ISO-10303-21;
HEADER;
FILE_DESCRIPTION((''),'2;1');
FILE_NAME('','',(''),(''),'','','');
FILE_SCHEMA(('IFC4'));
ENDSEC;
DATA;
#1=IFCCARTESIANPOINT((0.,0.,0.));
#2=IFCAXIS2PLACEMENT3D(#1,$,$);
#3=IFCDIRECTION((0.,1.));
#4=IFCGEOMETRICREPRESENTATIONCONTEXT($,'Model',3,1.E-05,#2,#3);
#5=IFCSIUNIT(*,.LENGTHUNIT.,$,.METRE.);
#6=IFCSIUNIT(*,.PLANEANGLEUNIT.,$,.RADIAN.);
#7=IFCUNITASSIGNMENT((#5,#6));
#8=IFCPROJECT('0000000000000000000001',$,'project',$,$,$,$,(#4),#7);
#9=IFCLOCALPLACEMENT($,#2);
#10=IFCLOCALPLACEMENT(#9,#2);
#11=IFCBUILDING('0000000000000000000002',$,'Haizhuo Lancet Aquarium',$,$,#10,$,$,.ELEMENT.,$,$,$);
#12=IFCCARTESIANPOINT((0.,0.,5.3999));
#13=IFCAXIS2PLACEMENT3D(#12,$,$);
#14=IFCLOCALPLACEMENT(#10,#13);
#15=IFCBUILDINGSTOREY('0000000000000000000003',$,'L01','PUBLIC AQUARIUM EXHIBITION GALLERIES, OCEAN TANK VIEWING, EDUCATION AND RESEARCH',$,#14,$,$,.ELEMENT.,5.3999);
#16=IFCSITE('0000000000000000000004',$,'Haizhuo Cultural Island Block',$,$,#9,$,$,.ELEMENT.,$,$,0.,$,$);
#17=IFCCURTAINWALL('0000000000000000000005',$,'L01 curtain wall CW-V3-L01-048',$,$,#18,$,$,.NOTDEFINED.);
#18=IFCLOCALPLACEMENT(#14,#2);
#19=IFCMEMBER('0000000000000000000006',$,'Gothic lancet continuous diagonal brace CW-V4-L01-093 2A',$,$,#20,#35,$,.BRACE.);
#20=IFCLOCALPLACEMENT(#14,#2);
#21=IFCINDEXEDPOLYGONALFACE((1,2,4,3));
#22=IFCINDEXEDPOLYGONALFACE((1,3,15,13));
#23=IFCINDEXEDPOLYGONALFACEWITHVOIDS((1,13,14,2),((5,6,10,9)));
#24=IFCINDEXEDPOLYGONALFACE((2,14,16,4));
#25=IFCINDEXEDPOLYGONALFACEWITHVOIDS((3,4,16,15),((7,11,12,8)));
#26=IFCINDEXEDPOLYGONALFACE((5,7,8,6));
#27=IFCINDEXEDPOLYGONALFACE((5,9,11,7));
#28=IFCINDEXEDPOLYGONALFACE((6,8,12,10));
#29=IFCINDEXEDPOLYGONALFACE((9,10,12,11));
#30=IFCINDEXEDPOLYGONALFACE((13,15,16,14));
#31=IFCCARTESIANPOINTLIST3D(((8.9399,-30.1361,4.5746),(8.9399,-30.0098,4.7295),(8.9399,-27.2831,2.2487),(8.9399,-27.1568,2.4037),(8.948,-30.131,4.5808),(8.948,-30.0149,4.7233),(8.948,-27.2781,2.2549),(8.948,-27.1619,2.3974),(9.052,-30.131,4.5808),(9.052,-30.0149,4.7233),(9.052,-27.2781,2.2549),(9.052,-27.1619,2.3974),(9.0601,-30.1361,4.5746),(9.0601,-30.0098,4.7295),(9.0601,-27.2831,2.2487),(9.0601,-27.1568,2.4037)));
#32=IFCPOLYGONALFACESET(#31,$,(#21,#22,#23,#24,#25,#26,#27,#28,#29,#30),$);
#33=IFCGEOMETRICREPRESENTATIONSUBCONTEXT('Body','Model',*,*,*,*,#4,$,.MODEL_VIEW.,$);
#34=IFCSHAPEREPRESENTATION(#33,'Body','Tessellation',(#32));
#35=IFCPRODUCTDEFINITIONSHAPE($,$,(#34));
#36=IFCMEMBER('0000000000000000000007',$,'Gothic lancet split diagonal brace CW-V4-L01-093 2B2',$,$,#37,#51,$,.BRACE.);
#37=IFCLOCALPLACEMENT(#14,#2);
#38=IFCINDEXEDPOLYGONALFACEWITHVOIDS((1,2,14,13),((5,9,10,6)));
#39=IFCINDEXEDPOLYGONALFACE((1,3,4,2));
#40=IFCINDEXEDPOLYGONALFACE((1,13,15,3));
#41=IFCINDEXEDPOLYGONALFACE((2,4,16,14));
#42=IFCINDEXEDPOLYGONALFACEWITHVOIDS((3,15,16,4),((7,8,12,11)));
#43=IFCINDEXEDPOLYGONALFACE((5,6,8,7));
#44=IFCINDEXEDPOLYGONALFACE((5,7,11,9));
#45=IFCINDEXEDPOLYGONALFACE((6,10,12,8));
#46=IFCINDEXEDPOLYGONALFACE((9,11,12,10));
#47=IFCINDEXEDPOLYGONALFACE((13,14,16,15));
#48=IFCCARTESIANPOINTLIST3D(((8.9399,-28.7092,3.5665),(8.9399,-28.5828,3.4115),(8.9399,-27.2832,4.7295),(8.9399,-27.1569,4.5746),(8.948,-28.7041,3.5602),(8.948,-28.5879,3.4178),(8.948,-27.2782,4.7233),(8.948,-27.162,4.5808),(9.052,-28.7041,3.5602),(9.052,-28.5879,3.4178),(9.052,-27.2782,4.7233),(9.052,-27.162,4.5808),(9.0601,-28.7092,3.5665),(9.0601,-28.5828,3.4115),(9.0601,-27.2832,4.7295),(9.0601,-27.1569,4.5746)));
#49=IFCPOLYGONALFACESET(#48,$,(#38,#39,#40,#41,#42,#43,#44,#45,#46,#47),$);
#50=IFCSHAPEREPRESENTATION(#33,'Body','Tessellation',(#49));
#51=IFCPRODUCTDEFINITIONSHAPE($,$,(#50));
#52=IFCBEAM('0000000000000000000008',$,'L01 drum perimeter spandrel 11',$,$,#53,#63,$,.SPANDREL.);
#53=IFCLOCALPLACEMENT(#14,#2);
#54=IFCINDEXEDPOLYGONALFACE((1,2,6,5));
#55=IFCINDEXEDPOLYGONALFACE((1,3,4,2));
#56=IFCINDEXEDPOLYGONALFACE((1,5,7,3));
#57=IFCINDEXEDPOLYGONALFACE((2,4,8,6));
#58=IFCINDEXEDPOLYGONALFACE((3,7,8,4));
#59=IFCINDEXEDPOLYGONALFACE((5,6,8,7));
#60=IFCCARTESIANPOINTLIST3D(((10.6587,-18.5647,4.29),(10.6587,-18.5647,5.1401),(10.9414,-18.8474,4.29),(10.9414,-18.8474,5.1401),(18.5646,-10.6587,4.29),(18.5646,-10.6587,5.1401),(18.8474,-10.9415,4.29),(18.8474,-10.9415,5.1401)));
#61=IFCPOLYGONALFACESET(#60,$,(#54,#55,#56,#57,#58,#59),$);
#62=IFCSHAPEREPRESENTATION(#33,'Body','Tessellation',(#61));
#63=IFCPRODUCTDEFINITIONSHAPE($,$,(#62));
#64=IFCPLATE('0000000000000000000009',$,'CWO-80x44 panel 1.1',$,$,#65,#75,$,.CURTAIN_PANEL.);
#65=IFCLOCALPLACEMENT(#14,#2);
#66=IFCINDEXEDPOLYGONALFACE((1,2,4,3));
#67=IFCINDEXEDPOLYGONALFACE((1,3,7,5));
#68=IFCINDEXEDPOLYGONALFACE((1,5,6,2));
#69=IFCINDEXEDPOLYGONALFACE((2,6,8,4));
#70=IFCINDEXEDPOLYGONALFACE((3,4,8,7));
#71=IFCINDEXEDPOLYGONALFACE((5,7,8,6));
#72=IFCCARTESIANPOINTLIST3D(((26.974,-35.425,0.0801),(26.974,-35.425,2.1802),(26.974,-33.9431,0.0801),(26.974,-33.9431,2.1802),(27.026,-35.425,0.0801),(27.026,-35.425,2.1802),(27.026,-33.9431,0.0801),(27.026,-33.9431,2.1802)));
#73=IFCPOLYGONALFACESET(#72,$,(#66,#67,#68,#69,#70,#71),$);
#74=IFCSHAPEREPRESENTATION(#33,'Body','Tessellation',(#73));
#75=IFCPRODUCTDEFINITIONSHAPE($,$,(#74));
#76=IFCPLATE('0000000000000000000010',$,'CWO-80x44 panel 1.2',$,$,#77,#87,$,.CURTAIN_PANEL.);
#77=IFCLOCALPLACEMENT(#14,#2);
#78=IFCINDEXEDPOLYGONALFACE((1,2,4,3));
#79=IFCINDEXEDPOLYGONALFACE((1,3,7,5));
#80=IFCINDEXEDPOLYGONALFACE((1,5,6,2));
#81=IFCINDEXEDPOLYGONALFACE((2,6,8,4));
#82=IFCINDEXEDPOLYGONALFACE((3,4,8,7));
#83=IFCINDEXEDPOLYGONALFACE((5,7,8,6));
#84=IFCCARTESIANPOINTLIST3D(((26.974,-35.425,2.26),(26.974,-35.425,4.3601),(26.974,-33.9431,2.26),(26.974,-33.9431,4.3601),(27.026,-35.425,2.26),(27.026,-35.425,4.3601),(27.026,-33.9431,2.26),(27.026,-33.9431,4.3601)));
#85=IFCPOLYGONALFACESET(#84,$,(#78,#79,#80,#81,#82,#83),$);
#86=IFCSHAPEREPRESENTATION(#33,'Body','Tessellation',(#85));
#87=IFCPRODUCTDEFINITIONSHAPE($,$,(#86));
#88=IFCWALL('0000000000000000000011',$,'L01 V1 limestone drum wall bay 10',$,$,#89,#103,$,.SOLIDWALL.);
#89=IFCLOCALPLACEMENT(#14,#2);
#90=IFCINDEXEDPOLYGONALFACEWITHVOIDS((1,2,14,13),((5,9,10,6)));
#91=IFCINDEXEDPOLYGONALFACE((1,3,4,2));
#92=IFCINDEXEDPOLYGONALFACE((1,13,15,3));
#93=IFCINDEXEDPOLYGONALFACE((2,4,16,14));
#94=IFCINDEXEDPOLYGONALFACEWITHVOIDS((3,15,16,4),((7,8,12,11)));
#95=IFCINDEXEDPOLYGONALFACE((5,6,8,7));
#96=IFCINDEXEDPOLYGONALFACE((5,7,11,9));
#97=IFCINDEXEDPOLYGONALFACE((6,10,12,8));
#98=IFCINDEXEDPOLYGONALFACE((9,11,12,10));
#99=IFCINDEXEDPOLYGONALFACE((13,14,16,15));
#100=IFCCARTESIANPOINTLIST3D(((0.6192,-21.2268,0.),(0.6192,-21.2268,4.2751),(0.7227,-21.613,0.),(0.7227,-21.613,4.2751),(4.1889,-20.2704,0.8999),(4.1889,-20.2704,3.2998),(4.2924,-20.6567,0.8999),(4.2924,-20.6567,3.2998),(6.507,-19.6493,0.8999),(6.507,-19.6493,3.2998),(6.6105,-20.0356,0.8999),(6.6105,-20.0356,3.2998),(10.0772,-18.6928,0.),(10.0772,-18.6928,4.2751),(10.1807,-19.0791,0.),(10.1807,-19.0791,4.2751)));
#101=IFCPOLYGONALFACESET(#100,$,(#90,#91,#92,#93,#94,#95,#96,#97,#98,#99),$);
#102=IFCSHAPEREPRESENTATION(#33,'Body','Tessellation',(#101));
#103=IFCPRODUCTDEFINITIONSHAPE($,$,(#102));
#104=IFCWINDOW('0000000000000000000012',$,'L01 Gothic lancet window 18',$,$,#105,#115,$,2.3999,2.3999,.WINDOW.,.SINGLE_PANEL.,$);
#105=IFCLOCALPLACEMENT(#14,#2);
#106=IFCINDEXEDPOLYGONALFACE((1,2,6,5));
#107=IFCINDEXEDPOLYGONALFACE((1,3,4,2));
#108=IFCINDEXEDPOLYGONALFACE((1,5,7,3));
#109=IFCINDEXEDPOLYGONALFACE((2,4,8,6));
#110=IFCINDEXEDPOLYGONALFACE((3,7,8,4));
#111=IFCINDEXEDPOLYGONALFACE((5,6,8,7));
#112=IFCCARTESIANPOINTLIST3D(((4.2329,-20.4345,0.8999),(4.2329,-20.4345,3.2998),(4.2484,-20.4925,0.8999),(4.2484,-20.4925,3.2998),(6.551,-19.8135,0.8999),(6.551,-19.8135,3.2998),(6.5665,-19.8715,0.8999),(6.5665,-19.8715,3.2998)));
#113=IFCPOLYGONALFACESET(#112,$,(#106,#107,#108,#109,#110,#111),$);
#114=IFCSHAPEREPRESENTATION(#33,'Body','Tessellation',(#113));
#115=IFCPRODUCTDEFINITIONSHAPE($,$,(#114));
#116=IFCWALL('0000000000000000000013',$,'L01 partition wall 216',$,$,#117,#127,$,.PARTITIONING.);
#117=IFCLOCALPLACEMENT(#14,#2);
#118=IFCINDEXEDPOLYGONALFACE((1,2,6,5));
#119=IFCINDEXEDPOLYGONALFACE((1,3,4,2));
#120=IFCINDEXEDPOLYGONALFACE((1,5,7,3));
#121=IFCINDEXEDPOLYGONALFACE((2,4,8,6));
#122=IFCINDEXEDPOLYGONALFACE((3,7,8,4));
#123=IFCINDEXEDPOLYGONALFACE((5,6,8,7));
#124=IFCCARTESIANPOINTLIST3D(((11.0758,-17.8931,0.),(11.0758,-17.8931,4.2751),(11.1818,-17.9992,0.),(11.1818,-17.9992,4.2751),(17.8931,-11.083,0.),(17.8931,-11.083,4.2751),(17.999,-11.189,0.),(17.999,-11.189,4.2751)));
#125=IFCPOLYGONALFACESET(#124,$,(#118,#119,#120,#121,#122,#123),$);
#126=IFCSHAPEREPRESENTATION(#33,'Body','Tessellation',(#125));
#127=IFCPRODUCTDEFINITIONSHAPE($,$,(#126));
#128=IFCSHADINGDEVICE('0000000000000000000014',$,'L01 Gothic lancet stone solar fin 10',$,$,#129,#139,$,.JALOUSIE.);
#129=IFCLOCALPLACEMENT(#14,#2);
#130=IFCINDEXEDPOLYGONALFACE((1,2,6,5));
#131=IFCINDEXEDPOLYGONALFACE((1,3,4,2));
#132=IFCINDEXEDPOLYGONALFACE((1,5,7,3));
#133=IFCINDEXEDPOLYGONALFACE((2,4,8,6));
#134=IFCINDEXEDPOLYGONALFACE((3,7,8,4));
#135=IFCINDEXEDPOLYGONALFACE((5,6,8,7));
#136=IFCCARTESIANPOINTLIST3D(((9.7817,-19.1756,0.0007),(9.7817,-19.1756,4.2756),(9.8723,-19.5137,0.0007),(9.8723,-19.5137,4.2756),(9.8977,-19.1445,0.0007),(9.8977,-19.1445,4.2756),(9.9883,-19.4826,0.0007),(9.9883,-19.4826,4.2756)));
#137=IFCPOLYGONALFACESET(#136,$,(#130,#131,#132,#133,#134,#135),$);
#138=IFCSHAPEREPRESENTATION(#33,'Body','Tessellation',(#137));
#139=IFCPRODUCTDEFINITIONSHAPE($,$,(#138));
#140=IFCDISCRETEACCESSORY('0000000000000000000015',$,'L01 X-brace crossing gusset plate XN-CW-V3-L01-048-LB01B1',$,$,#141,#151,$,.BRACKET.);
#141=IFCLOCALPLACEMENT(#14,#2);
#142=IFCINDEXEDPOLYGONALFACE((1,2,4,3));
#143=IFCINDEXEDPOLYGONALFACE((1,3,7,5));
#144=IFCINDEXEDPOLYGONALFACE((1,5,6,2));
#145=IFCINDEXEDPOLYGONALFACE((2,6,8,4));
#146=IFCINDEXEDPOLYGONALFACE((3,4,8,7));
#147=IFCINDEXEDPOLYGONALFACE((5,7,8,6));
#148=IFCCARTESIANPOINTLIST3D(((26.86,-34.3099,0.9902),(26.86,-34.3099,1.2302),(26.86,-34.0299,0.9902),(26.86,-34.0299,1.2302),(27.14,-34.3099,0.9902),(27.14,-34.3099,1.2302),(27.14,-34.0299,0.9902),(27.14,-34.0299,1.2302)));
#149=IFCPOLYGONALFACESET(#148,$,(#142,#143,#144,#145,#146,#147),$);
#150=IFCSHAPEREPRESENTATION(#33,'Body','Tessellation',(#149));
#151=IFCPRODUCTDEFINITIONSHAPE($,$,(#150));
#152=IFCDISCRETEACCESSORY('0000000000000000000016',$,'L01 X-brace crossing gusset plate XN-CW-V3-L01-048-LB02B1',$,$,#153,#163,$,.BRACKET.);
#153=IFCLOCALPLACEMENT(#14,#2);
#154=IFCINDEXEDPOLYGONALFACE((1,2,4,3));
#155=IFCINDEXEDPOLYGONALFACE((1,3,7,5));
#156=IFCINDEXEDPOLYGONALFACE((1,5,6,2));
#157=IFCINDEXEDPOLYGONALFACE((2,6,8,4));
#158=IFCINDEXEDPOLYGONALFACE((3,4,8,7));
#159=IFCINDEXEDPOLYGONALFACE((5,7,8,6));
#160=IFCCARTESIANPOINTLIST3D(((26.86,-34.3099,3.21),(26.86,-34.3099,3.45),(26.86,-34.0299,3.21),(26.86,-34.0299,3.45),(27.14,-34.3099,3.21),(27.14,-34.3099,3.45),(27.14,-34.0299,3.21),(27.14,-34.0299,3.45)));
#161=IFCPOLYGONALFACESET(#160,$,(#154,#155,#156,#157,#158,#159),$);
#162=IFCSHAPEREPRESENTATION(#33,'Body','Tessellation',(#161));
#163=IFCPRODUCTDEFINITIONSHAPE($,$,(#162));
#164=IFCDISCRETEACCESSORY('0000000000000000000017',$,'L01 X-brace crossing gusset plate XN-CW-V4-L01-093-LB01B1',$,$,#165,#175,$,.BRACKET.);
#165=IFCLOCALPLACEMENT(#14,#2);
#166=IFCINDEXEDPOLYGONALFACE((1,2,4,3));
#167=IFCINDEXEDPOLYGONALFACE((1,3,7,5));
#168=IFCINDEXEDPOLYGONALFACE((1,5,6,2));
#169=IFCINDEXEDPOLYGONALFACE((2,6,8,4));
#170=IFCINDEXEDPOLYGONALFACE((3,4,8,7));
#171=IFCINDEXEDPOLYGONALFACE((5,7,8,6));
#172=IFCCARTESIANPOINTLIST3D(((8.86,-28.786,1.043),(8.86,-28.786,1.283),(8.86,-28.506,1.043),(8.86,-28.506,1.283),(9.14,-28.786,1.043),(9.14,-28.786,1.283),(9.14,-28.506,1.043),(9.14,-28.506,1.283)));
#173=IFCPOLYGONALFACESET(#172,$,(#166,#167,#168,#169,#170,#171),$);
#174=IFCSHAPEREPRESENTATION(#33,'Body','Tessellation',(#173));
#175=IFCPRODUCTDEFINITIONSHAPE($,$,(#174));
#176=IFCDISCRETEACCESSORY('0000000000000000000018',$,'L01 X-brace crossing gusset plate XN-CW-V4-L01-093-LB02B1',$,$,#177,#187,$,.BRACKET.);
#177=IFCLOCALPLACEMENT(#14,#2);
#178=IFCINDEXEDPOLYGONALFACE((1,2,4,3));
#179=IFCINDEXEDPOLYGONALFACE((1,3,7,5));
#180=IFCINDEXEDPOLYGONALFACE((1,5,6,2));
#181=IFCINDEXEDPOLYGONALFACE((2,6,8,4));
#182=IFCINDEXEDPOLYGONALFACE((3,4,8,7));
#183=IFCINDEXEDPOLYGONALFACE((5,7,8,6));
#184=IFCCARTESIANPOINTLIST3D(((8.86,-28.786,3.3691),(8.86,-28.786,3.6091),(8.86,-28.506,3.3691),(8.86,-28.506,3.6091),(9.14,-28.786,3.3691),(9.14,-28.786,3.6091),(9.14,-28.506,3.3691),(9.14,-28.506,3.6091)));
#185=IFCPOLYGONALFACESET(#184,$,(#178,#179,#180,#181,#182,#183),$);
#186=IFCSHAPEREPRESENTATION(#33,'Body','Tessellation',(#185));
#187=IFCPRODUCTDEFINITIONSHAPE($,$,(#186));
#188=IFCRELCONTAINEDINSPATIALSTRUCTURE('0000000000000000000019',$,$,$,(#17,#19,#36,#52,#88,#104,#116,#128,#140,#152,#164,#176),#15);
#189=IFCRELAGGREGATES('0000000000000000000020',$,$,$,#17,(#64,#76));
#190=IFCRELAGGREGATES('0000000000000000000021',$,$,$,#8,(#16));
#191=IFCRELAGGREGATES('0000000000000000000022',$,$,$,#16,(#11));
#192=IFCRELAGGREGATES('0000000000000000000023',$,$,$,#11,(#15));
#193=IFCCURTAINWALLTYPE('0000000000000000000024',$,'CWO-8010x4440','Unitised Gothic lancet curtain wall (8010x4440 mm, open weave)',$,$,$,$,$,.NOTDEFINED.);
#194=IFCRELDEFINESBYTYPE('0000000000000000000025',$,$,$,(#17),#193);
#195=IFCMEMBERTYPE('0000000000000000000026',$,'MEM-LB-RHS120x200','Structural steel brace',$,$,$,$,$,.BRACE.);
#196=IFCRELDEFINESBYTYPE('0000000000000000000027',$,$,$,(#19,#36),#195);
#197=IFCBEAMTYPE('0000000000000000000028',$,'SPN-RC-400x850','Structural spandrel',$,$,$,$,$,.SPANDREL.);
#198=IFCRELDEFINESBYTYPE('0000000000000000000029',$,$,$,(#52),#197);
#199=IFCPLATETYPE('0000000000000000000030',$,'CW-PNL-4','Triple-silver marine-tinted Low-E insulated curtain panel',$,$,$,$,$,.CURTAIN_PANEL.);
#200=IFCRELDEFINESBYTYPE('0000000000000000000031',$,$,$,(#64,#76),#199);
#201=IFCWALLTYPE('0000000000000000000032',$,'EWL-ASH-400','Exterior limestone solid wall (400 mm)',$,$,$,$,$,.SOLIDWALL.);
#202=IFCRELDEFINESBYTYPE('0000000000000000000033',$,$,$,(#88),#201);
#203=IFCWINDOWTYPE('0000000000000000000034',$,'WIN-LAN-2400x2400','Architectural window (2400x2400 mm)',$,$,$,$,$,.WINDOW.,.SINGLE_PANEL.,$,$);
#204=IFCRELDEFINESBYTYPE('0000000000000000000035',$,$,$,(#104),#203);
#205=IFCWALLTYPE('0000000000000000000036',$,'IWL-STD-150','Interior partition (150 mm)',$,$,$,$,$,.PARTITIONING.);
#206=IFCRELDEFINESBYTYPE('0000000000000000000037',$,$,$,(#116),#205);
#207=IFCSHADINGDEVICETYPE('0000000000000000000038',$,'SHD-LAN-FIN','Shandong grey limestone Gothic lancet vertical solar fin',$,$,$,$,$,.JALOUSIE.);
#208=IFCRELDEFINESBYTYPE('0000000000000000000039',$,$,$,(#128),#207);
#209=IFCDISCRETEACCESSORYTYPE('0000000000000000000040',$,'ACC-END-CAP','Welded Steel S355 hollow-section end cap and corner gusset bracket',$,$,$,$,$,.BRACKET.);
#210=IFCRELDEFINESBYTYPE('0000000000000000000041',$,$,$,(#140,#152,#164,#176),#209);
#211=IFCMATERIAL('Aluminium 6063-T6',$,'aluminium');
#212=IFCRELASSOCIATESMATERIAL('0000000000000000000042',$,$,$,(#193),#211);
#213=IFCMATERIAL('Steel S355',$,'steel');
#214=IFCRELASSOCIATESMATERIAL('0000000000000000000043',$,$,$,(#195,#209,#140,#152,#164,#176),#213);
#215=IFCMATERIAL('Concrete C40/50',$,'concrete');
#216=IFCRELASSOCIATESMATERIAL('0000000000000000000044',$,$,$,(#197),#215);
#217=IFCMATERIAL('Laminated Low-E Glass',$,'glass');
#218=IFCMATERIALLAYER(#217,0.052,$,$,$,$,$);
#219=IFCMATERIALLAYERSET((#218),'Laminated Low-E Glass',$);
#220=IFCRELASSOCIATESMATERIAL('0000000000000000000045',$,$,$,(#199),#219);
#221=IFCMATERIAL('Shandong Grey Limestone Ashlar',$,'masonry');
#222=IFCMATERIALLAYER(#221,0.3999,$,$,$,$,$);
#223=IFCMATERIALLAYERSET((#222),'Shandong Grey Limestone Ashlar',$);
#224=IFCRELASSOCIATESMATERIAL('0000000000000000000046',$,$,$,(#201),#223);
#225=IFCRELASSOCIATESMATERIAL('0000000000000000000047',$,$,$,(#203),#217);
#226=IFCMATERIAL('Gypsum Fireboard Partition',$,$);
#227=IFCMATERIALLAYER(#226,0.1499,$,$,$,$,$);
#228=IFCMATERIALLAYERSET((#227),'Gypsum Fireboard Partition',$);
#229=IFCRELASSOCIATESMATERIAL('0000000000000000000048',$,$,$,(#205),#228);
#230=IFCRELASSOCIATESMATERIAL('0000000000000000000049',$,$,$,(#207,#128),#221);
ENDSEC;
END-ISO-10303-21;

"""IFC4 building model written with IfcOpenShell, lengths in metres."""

from ifc_helpers import new_model, si_unit, direction, frame, frame_2d, origin, origin_2d, place, context, subcontext, project, spatial, rectangle, hollow_rectangle, extrude, material, layer, layer_set, material_profile, profile_set, type_object, element, fill, aggregate, save


model = new_model("IFC4")

# Units and contexts
model_context = context("Model", 3, precision=1e-05, world=origin(), true_north=direction((0.0, 1.0)))
body_context = subcontext(model_context, "Body", "Model", "MODEL_VIEW")
ifc_project = project(units=[si_unit("LENGTHUNIT", "METRE"), si_unit("PLANEANGLEUNIT", "RADIAN")], contexts=[model_context])

# Site, building, storey
site_placement = place(None, origin())
site = spatial("IfcSite", under=ifc_project, at=site_placement, Name="Haizhuo Cultural Island Block", CompositionType="ELEMENT", RefElevation=0.0)
building_placement = place(site_placement, origin())
building = spatial("IfcBuilding", under=site, at=building_placement, Name="Haizhuo Lancet Aquarium", CompositionType="ELEMENT")
storey_placement = place(building_placement, frame((0.0, 0.0, 5.3999)))
storey = spatial("IfcBuildingStorey", under=building, at=storey_placement, Name="L01", Description="PUBLIC AQUARIUM EXHIBITION GALLERIES, OCEAN TANK VIEWING, EDUCATION AND RESEARCH", CompositionType="ELEMENT", Elevation=5.3999)

# Curtain wall
ifc_material_1 = material(Name="Aluminium 6063-T6", Category="aluminium")
curtain_wall_type = type_object("IfcCurtainWallType", Name="CWO-8010x4440", Description="Unitised Gothic lancet curtain wall (8010x4440 mm, open weave)", PredefinedType="NOTDEFINED", material=ifc_material_1)
curtain_wall_placement = place(storey_placement, origin())
curtain_wall = element("IfcCurtainWall", 1, at=curtain_wall_placement, inside=storey, type_object=curtain_wall_type, Name="L01 curtain wall CW-V3-L01-048", PredefinedType="NOTDEFINED")

# Members
ifc_material_2 = material(Name="Steel S355", Category="steel")
ifc_material_profile_1 = material_profile(ifc_material_2, hollow_rectangle(XDim=0.1201, YDim=0.2, WallThickness=0.0081, at=origin_2d()), Name="RHS 120x200x8")
ifc_profile_set_1 = profile_set([ifc_material_profile_1], Name="Steel S355")
member_type_1 = type_object("IfcMemberType", Name="MEM-LB-RHS120x200", Description="Structural steel brace", PredefinedType="BRACE", material=ifc_profile_set_1)
member_1_placement = place(storey_placement, frame((9.0, -27.22, 2.3262), z_axis=(0.0, -0.77507, 0.631875), x_axis=(1.0, 0.0, 0.0)))
element("IfcMember", 2, at=member_1_placement, inside=storey, type_object=member_type_1, Name="Gothic lancet continuous diagonal brace CW-V4-L01-093 2A", PredefinedType="BRACE", context=body_context, shape_type="SweptSolid", body=[
    extrude(hollow_rectangle(XDim=0.1201, YDim=0.2, WallThickness=0.0081, at=origin_2d()), origin(), (0.0, 0.0, 1.0), 3.6809),
])
member_2_placement = place(storey_placement, frame((9.0, -28.646, 3.489), z_axis=(0.0, 0.774932, 0.632045), x_axis=(-1.0, 0.0, 0.0)))
element("IfcMember", 3, at=member_2_placement, inside=storey, type_object=member_type_1, Name="Gothic lancet split diagonal brace CW-V4-L01-093 2B2", PredefinedType="BRACE", context=body_context, shape_type="SweptSolid", body=[
    extrude(hollow_rectangle(XDim=0.1201, YDim=0.2, WallThickness=0.0081, at=origin_2d()), origin(), (0.0, 0.0, 1.0), 1.8401),
])

# Beam
ifc_material_3 = material(Name="Concrete C40/50", Category="concrete")
ifc_material_profile_2 = material_profile(ifc_material_3, rectangle(XDim=0.3999, YDim=0.8501, at=origin_2d()), Name="RC-SP 400x850")
ifc_profile_set_2 = profile_set([ifc_material_profile_2], Name="Concrete C40/50")
beam_type = type_object("IfcBeamType", Name="SPN-RC-400x850", Description="Structural spandrel", PredefinedType="SPANDREL", material=ifc_profile_set_2)
beam_placement = place(storey_placement, frame((10.8, -18.7061, 4.7151), z_axis=(0.707107, 0.707107, 0.0), x_axis=(-0.707107, 0.707107, 0.0)))
element("IfcBeam", 4, at=beam_placement, inside=storey, type_object=beam_type, Name="L01 drum perimeter spandrel 11", PredefinedType="SPANDREL", context=body_context, shape_type="SweptSolid", body=[
    extrude(rectangle(XDim=0.3999, YDim=0.8501, at=origin_2d()), origin(), (0.0, 0.0, 1.0), 11.1807),
])

# Plates
ifc_material_4 = material(Name="Laminated Low-E Glass", Category="glass")
ifc_layer_1 = layer(ifc_material_4, 0.052)
ifc_layer_set_1 = layer_set([ifc_layer_1], Name="Laminated Low-E Glass")
plate_type = type_object("IfcPlateType", Name="CW-PNL-4", Description="Triple-silver marine-tinted Low-E insulated curtain panel", PredefinedType="CURTAIN_PANEL", material=ifc_layer_set_1)
plate_1_placement = place(storey_placement, frame((27.0, -34.6841, 0.0801), z_axis=(0.0, 0.0, 1.0), x_axis=(0.0, 1.0, 0.0)))
plate_1 = element("IfcPlate", 5, at=plate_1_placement, type_object=plate_type, Name="CWO-80x44 panel 1.1", PredefinedType="CURTAIN_PANEL", context=body_context, shape_type="SweptSolid", body=[
    extrude(rectangle(XDim=1.4819, YDim=0.052, at=origin_2d()), origin(), (0.0, 0.0, 1.0), 2.1001),
])
plate_2_placement = place(storey_placement, frame((27.0, -34.6841, 2.26), z_axis=(0.0, 0.0, 1.0), x_axis=(0.0, 1.0, 0.0)))
plate_2 = element("IfcPlate", 6, at=plate_2_placement, type_object=plate_type, Name="CWO-80x44 panel 1.2", PredefinedType="CURTAIN_PANEL", context=body_context, shape_type="SweptSolid", body=[
    extrude(rectangle(XDim=1.4819, YDim=0.052, at=origin_2d()), origin(), (0.0, 0.0, 1.0), 2.1001),
])
aggregate(curtain_wall, [plate_1, plate_2])

# Wall, opening, window
ifc_material_5 = material(Name="Shandong Grey Limestone Ashlar", Category="masonry")
ifc_layer_2 = layer(ifc_material_5, 0.3999)
ifc_layer_set_2 = layer_set([ifc_layer_2], Name="Shandong Grey Limestone Ashlar")
wall_type_1 = type_object("IfcWallType", Name="EWL-ASH-400", Description="Exterior limestone solid wall (400 mm)", PredefinedType="SOLIDWALL", material=ifc_layer_set_2)
wall_1_placement = place(storey_placement, frame((10.1289, -18.886, 0.0), z_axis=(0.0, 0.0, 1.0), x_axis=(-0.965934, -0.258788, 0.0)))
wall_1 = element("IfcWall", 7, at=wall_1_placement, inside=storey, type_object=wall_type_1, Name="L01 V1 limestone drum wall bay 10", PredefinedType="SOLIDWALL", context=body_context, shape_type="SweptSolid", body=[
    extrude(rectangle(XDim=9.7915, YDim=0.3999, at=frame_2d((4.8958, 0.0))), origin(), (0.0, 0.0, 1.0), 4.2751),
])
opening_placement = place(wall_1_placement, frame((3.696, 0.0, 0.8999)))
opening = element("IfcOpeningElement", 8, at=opening_placement, cuts=wall_1, PredefinedType="OPENING", context=body_context, shape_type="SweptSolid", body=[
    extrude(rectangle(XDim=2.3999, YDim=2.3999, at=frame_2d((1.2, 1.2))), frame((0.0, 0.21, 0.0), z_axis=(0.0, -1.0, 0.0), x_axis=(1.0, 0.0, 0.0)), (0.0, 0.0, 1.0), 0.4199),
])
window_type = type_object("IfcWindowType", Name="WIN-LAN-2400x2400", Description="Architectural window (2400x2400 mm)", PartitioningType="SINGLE_PANEL", PredefinedType="WINDOW", material=ifc_material_4)
window_placement = place(opening_placement, origin())
window = element("IfcWindow", 9, at=window_placement, inside=storey, type_object=window_type, Name="L01 Gothic lancet window 18", OverallHeight=2.3999, OverallWidth=2.3999, PartitioningType="SINGLE_PANEL", PredefinedType="WINDOW", context=body_context, shape_type="SweptSolid", body=[
    extrude(rectangle(XDim=2.3999, YDim=2.3999, at=frame_2d((1.2, 1.2))), frame((0.0, 0.03, 0.0), z_axis=(0.0, -1.0, 0.0), x_axis=(1.0, 0.0, 0.0)), (0.0, 0.0, 1.0), 0.0601),
])
fill(opening, window)

# Wall
ifc_material_6 = material(Name="Gypsum Fireboard Partition")
ifc_layer_3 = layer(ifc_material_6, 0.1499)
ifc_layer_set_3 = layer_set([ifc_layer_3], Name="Gypsum Fireboard Partition")
wall_type_2 = type_object("IfcWallType", Name="IWL-STD-150", Description="Interior partition (150 mm)", PredefinedType="PARTITIONING", material=ifc_layer_set_3)
wall_2_placement = place(storey_placement, frame((11.1289, -17.946, 0.0), z_axis=(0.0, 0.0, 1.0), x_axis=(0.707474, 0.706739, 0.0)))
element("IfcWall", 10, at=wall_2_placement, inside=storey, type_object=wall_type_2, Name="L01 partition wall 216", PredefinedType="PARTITIONING", context=body_context, shape_type="SweptSolid", body=[
    extrude(rectangle(XDim=9.636, YDim=0.1499, at=frame_2d((4.8179, 0.0))), origin(), (0.0, 0.0, 1.0), 4.2751),
])

# Shading device
shading_device_type = type_object("IfcShadingDeviceType", Name="SHD-LAN-FIN", Description="Shandong grey limestone Gothic lancet vertical solar fin", PredefinedType="JALOUSIE", material=ifc_material_5)
shading_device_placement = place(storey_placement, frame((9.885, -19.3291, 0.0007), z_axis=(0.0, 0.0, 1.0), x_axis=(-0.965933, -0.258794, 0.0)))
element("IfcShadingDevice", 11, at=shading_device_placement, inside=storey, type_object=shading_device_type, material=ifc_material_5, Name="L01 Gothic lancet stone solar fin 10", PredefinedType="JALOUSIE", context=body_context, shape_type="SweptSolid", body=[
    extrude(rectangle(XDim=0.1201, YDim=0.3501, at=origin_2d()), origin(), (0.0, 0.0, 1.0), 4.2749),
])

# Discrete accessories
discrete_accessory_type = type_object("IfcDiscreteAccessoryType", Name="ACC-END-CAP", Description="Welded Steel S355 hollow-section end cap and corner gusset bracket", PredefinedType="BRACKET", material=ifc_material_2)
for number, where, z_axis, x_axis, name in (
    (12, (27.0, -34.1699, 0.9902), (0.0, 0.0, 1.0), (1.0, 0.0, 0.0), "L01 X-brace crossing gusset plate XN-CW-V3-L01-048-LB01B1"),
    (13, (27.0, -34.1699, 3.21), (0.0, 0.0, 1.0), (1.0, 0.0, 0.0), "L01 X-brace crossing gusset plate XN-CW-V3-L01-048-LB02B1"),
    (14, (9.0, -28.646, 1.043), (0.0, 0.0, 1.0), (1.0, 0.0, 0.0), "L01 X-brace crossing gusset plate XN-CW-V4-L01-093-LB01B1"),
    (15, (9.0, -28.646, 3.3691), (0.0, 0.0, 1.0), (1.0, 0.0, 0.0), "L01 X-brace crossing gusset plate XN-CW-V4-L01-093-LB02B1"),
):
    element("IfcDiscreteAccessory", number, at=place(storey_placement, frame(where, z_axis=z_axis, x_axis=x_axis)), inside=storey, type_object=discrete_accessory_type, material=ifc_material_2, Name=name, PredefinedType="BRACKET", context=body_context, shape_type="SweptSolid", body=[
        extrude(rectangle(XDim=0.28, YDim=0.28, at=origin_2d()), origin(), (0.0, 0.0, 1.0), 0.24),
    ])

save(model, "model.ifc")
